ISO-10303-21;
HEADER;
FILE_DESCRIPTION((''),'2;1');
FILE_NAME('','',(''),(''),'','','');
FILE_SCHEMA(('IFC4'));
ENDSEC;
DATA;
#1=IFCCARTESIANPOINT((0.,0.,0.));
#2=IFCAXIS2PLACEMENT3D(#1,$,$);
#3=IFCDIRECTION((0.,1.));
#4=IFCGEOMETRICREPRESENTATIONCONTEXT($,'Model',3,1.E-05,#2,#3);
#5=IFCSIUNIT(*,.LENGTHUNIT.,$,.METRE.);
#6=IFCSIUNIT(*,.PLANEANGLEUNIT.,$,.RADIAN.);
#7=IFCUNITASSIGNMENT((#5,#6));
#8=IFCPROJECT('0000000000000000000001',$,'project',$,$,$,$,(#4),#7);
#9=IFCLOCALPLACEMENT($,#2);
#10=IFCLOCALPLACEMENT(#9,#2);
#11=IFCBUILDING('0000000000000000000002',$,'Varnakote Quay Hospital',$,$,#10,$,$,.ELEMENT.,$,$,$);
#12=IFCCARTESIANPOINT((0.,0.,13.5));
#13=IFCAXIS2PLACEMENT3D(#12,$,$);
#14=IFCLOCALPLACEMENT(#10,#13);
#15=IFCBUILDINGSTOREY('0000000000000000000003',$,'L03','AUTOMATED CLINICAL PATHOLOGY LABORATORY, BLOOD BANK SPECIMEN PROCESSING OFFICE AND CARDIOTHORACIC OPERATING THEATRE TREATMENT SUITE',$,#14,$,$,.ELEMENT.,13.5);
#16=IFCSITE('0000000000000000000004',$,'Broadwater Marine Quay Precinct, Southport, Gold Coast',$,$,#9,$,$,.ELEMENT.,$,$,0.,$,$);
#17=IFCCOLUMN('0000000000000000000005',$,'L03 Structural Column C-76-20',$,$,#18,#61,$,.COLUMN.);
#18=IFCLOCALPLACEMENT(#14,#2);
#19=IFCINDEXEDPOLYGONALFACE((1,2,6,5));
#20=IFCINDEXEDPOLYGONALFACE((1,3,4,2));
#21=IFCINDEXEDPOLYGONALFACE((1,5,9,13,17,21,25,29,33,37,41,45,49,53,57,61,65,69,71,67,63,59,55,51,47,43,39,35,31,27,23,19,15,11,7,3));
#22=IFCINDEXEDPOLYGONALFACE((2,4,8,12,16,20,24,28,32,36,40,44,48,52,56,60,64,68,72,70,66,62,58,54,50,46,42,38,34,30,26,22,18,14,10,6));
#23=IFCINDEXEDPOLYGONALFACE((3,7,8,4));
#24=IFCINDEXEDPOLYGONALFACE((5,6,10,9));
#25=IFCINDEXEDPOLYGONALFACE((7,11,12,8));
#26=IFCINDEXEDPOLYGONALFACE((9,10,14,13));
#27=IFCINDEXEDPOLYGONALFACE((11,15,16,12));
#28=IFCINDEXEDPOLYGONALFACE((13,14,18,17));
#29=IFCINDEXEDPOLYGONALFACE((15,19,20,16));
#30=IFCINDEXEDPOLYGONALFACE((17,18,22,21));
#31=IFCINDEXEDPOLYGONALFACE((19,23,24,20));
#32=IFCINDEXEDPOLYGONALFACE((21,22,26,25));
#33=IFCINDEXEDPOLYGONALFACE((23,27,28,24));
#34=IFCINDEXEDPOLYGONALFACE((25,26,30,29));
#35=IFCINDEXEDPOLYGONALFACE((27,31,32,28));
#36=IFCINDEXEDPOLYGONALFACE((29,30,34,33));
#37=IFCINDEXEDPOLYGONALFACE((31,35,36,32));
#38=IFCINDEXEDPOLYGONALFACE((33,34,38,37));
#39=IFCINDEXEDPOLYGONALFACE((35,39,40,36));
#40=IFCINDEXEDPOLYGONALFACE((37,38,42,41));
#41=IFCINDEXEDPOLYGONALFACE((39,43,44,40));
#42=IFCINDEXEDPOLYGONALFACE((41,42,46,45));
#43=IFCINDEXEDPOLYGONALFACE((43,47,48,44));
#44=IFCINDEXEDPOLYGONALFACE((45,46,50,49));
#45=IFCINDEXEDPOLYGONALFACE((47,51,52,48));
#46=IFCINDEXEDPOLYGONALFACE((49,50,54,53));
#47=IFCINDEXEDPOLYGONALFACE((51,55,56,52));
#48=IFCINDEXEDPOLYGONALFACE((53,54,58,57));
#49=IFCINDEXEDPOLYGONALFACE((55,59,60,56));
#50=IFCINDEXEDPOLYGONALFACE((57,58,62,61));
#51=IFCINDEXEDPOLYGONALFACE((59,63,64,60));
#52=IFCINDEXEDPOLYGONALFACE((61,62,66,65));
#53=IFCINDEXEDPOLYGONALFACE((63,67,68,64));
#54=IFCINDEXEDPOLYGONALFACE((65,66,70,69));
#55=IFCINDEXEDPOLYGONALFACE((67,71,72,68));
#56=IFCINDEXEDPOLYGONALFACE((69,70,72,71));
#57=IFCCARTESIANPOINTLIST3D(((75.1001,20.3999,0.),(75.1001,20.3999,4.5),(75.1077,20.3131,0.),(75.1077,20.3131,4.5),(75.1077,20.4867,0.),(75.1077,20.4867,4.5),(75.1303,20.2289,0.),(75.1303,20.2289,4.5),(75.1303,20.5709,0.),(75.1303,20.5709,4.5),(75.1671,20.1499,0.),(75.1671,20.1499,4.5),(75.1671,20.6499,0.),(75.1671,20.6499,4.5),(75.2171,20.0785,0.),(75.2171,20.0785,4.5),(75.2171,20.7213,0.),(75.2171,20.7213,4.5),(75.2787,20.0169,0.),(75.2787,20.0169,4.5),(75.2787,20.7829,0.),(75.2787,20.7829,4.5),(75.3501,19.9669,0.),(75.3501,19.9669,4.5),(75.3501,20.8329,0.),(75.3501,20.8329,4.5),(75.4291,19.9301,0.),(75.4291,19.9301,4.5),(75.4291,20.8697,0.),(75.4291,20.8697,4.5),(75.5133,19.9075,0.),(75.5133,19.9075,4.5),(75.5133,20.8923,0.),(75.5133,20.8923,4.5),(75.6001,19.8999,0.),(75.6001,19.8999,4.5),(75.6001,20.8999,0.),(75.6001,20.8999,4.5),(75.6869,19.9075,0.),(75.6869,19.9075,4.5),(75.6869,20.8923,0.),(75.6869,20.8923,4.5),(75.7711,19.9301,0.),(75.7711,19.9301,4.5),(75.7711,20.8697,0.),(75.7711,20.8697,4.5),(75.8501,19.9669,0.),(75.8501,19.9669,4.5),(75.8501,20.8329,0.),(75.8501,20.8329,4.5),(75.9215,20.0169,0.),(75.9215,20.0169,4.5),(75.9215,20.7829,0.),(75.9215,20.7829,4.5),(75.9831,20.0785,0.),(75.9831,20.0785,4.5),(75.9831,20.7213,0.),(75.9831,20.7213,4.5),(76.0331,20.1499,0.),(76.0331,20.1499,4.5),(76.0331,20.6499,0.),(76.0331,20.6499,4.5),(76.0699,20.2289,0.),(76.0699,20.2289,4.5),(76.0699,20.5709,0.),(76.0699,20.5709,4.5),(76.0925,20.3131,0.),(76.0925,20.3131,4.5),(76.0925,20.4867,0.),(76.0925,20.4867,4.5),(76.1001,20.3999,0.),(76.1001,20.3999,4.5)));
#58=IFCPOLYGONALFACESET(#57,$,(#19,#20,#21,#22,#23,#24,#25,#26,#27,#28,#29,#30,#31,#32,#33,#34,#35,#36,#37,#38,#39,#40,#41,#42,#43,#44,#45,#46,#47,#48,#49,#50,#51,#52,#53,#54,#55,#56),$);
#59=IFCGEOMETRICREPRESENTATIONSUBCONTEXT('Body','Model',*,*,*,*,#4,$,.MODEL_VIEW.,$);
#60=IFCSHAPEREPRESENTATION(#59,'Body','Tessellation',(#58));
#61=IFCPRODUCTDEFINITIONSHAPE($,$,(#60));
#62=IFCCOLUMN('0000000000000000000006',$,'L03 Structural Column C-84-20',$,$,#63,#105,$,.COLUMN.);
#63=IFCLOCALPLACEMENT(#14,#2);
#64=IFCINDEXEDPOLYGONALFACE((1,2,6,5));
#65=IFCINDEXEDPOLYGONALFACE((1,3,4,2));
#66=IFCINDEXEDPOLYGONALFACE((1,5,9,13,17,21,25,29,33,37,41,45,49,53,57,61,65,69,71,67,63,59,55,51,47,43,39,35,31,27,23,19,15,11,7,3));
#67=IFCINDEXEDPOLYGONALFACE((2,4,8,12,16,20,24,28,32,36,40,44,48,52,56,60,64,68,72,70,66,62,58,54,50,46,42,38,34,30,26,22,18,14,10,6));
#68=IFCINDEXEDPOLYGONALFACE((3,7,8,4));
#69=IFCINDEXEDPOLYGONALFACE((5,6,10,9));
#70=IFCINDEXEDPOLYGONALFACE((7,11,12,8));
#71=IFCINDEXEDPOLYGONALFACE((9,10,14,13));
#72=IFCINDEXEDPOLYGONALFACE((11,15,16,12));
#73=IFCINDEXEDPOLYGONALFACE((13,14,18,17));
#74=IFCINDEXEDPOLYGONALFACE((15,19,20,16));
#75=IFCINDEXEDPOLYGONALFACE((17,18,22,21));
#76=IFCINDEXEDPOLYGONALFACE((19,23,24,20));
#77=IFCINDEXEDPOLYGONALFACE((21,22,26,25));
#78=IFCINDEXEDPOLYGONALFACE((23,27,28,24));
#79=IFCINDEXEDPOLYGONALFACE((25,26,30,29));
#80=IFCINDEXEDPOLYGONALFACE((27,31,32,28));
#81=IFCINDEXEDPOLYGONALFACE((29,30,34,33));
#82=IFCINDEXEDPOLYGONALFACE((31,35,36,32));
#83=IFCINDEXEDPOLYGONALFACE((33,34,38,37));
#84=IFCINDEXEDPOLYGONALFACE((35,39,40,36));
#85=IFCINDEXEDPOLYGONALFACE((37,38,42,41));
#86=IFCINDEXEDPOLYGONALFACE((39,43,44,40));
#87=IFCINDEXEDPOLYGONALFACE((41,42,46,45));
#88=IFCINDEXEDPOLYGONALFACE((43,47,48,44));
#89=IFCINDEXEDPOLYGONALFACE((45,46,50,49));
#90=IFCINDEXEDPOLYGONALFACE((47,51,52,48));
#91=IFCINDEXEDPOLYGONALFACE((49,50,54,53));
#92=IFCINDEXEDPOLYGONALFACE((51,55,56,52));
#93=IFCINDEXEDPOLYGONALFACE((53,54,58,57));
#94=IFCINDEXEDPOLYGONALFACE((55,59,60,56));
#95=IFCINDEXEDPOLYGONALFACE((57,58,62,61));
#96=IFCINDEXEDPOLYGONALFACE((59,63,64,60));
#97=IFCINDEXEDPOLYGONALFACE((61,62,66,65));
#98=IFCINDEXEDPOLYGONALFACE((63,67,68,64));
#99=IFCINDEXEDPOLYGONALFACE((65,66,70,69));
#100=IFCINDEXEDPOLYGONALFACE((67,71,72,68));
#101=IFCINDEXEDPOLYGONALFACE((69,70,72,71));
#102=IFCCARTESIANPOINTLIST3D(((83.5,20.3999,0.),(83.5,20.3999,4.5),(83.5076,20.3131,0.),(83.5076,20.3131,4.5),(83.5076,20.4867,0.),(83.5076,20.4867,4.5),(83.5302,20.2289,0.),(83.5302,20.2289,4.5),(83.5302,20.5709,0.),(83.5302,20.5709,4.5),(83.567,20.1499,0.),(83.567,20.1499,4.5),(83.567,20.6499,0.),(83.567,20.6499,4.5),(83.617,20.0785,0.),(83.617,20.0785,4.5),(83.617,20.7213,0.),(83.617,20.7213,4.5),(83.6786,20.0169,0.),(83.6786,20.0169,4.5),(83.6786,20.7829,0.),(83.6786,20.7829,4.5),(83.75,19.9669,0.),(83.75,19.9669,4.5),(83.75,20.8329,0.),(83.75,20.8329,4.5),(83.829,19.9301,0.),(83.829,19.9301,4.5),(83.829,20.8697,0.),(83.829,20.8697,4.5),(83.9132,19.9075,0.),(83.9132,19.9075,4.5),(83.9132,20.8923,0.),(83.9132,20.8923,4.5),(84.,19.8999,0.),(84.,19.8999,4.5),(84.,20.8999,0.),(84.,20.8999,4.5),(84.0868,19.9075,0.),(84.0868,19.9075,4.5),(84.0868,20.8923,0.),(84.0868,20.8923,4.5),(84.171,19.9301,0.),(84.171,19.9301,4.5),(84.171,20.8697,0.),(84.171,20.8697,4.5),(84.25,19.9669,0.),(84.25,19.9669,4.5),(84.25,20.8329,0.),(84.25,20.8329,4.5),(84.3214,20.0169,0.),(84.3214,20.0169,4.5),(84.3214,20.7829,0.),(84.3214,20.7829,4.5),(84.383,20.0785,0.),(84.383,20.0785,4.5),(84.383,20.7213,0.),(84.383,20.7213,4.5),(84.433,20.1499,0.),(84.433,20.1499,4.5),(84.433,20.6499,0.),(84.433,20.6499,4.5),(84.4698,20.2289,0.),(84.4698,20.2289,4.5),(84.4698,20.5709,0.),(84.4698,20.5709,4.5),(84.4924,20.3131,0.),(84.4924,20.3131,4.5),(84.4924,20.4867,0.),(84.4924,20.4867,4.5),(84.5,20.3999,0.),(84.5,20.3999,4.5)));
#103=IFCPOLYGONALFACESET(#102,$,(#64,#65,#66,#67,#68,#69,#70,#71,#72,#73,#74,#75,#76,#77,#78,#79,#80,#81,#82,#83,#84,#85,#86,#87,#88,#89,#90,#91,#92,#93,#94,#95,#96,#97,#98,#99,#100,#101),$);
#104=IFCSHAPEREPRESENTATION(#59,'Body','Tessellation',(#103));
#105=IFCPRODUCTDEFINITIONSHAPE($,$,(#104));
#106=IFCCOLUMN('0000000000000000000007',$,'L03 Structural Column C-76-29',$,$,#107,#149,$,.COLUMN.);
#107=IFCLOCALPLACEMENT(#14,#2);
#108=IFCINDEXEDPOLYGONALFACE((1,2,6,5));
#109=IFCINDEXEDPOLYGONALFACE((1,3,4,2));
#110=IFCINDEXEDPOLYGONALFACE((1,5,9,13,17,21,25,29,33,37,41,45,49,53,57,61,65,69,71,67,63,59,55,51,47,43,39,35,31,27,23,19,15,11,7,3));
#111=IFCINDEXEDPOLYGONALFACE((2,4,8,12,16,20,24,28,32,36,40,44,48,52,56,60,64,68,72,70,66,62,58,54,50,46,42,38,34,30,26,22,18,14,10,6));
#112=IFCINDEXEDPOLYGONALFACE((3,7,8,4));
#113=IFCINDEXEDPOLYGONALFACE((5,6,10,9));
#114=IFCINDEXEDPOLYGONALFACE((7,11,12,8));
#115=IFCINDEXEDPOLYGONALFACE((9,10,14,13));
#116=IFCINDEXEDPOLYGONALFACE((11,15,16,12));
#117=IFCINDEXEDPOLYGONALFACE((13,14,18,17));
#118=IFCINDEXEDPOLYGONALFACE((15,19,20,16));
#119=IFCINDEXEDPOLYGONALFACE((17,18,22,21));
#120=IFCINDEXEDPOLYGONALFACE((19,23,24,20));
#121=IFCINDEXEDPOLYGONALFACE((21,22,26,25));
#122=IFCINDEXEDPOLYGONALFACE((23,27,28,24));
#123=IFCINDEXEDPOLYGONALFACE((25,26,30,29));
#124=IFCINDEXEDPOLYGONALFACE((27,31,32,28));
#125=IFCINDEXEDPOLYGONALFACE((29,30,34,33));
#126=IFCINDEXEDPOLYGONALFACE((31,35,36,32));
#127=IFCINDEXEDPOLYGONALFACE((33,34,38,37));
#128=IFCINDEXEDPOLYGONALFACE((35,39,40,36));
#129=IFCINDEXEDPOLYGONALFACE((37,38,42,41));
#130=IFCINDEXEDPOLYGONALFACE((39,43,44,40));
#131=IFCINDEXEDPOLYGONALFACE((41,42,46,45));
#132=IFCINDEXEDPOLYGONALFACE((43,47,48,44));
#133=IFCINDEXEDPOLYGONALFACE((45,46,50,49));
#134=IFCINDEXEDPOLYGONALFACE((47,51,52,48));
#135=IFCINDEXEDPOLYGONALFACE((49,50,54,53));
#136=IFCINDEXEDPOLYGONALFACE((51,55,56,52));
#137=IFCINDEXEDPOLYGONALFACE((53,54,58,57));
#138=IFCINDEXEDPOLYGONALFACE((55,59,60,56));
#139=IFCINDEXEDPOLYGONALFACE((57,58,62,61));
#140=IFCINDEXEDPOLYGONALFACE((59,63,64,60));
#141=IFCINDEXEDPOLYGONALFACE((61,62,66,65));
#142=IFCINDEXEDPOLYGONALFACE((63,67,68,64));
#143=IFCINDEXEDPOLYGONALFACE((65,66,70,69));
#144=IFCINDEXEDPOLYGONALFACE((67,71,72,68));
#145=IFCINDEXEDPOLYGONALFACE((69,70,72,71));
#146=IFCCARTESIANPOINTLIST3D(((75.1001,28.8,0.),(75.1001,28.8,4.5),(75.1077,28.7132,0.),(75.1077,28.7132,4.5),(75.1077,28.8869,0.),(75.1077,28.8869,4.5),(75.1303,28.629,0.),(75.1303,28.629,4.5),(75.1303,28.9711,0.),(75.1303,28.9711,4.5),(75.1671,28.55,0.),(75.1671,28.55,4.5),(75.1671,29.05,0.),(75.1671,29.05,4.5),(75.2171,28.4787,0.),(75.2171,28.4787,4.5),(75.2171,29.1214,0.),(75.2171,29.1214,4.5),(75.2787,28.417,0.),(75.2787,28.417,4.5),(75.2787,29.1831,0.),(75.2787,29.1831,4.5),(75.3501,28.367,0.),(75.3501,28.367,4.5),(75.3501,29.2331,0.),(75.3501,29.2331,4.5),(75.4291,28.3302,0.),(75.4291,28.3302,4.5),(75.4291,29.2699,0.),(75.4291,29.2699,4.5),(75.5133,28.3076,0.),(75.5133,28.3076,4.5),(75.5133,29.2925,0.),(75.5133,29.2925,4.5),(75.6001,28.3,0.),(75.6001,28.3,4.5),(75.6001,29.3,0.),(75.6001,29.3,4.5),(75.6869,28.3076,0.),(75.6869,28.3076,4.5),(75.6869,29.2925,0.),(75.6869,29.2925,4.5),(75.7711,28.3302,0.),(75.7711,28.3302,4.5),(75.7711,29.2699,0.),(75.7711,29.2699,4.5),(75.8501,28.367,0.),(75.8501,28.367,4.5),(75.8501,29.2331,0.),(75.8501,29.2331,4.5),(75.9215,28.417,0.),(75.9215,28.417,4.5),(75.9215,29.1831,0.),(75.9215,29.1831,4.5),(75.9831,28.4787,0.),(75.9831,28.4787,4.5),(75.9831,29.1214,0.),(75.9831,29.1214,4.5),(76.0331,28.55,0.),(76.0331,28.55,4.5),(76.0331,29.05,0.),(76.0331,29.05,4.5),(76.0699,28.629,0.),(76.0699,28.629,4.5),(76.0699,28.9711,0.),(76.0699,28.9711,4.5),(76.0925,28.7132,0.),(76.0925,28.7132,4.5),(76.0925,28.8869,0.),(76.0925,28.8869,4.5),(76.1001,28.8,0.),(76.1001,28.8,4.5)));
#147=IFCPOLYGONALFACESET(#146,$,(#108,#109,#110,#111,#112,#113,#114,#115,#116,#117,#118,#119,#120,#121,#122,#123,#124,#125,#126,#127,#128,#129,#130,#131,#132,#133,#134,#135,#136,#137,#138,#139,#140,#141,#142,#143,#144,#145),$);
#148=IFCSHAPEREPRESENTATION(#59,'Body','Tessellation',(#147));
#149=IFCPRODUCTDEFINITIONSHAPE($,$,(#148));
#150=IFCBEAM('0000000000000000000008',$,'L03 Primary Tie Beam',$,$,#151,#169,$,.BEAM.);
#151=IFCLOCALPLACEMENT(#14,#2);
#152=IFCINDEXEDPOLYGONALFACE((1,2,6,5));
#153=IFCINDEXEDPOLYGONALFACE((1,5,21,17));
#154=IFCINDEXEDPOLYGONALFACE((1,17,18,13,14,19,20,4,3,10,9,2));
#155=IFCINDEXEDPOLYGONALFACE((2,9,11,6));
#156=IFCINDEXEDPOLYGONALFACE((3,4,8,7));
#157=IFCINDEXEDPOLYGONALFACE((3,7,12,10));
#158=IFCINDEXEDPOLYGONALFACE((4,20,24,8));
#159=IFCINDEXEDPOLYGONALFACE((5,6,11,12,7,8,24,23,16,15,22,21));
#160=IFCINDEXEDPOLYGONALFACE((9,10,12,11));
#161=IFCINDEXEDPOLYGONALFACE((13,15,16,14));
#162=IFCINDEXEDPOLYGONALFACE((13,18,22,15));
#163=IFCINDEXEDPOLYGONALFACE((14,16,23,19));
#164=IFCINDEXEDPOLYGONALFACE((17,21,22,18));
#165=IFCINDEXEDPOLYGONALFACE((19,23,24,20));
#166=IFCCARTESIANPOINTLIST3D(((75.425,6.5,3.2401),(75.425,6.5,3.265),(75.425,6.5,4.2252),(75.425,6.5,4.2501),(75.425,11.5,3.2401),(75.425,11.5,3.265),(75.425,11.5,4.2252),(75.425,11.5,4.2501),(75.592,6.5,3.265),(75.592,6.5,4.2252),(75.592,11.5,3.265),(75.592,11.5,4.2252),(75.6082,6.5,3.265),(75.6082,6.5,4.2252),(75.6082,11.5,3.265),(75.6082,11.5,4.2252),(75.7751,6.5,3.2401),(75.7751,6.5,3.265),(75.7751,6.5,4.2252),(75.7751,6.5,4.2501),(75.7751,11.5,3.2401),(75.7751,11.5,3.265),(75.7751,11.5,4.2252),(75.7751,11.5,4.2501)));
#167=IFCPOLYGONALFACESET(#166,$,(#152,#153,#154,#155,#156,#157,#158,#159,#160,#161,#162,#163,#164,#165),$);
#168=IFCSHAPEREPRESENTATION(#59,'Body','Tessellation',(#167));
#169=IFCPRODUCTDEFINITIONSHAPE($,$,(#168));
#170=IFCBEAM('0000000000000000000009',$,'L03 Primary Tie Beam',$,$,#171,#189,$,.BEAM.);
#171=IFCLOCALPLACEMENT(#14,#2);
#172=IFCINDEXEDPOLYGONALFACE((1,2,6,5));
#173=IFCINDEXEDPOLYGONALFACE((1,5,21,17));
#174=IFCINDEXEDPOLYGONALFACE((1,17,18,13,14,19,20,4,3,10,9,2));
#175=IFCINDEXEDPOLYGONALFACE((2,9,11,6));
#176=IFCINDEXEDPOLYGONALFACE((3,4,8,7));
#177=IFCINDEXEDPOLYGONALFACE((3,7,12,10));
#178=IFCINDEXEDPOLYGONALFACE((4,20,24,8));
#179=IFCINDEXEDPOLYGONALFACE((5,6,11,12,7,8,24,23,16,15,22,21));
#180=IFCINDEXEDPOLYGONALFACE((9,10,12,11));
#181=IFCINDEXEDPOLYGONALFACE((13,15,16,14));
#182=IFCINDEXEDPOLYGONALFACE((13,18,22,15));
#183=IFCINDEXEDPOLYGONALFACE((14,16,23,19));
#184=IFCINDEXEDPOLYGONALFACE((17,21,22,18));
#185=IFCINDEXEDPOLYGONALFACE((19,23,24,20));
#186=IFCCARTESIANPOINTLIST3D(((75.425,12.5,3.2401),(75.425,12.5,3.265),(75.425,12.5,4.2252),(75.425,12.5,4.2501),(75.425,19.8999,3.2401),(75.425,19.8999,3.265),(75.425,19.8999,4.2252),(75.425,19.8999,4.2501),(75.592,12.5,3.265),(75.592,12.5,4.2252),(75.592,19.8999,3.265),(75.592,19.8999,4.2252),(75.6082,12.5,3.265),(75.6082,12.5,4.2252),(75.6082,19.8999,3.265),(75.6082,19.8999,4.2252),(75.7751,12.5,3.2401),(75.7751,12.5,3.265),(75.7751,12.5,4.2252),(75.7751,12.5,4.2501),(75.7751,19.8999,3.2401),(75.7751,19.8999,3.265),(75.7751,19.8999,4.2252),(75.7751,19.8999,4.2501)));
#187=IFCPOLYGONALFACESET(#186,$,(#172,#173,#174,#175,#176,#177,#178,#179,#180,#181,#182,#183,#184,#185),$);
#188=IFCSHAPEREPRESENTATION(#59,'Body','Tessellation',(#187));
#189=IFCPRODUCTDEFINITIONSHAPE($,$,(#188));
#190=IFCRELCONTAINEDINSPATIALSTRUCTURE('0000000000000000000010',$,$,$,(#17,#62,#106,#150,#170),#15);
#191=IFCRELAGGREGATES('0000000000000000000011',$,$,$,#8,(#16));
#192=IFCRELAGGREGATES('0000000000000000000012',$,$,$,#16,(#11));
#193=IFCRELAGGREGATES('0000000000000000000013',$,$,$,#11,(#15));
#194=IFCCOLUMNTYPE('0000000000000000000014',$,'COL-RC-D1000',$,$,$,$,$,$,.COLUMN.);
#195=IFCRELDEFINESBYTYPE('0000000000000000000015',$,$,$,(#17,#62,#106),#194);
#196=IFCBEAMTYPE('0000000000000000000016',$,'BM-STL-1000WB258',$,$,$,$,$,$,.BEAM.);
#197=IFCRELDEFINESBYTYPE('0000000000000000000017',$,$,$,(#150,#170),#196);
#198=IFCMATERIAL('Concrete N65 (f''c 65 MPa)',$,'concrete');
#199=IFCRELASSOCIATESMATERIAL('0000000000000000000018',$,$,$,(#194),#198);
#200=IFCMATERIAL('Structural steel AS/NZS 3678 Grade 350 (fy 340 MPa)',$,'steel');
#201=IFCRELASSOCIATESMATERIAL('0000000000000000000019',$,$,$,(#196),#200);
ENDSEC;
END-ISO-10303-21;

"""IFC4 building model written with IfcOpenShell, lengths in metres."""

from ifc_helpers import new_model, si_unit, direction, frame, origin, origin_2d, place, context, subcontext, project, spatial, circle, i_section, extrude, material, material_profile, profile_set, type_object, element, save


model = new_model("IFC4")

# Units and contexts
model_context = context("Model", 3, precision=1e-05, world=origin(), true_north=direction((0.0, 1.0)))
body_context = subcontext(model_context, "Body", "Model", "MODEL_VIEW")
ifc_project = project(units=[si_unit("LENGTHUNIT", "METRE"), si_unit("PLANEANGLEUNIT", "RADIAN")], contexts=[model_context])

# Site, building, storey
site_placement = place(None, origin())
site = spatial("IfcSite", under=ifc_project, at=site_placement, Name="Broadwater Marine Quay Precinct, Southport, Gold Coast", CompositionType="ELEMENT", RefElevation=0.0)
building_placement = place(site_placement, origin())
building = spatial("IfcBuilding", under=site, at=building_placement, Name="Varnakote Quay Hospital", CompositionType="ELEMENT")
storey_placement = place(building_placement, frame((0.0, 0.0, 13.5)))
storey = spatial("IfcBuildingStorey", under=building, at=storey_placement, Name="L03", Description="AUTOMATED CLINICAL PATHOLOGY LABORATORY, BLOOD BANK SPECIMEN PROCESSING OFFICE AND CARDIOTHORACIC OPERATING THEATRE TREATMENT SUITE", CompositionType="ELEMENT", Elevation=13.5)

# Columns
ifc_material_1 = material(Name="Concrete N65 (f'c 65 MPa)", Category="concrete")
ifc_material_profile_1 = material_profile(ifc_material_1, circle(Radius=0.5, at=origin_2d()), Name="RC-COL-D1000")
ifc_profile_set_1 = profile_set([ifc_material_profile_1], Name="Concrete N65 (f'c 65 MPa)")
column_type = type_object("IfcColumnType", Name="COL-RC-D1000", PredefinedType="COLUMN", material=ifc_profile_set_1)
for number, where, z_axis, x_axis, name in (
    (1, (75.6001, 20.3999, 0.0), (0.0, 0.0, 1.0), (1.0, 0.0, 0.0), "L03 Structural Column C-76-20"),
    (2, (84.0, 20.3999, 0.0), (0.0, 0.0, 1.0), (1.0, 0.0, 0.0), "L03 Structural Column C-84-20"),
    (3, (75.6001, 28.8, 0.0), (0.0, 0.0, 1.0), (1.0, 0.0, 0.0), "L03 Structural Column C-76-29"),
):
    element("IfcColumn", number, at=place(storey_placement, frame(where, z_axis=z_axis, x_axis=x_axis)), inside=storey, type_object=column_type, Name=name, PredefinedType="COLUMN", context=body_context, shape_type="SweptSolid", body=[
        extrude(circle(Radius=0.5, at=origin_2d()), origin(), (0.0, 0.0, 1.0), 4.5),
    ])

# Beams
ifc_material_2 = material(Name="Structural steel AS/NZS 3678 Grade 350 (fy 340 MPa)", Category="steel")
ifc_material_profile_2 = material_profile(ifc_material_2, i_section(OverallWidth=0.3501, OverallDepth=1.01, WebThickness=0.0161, FlangeThickness=0.0249, at=origin_2d()), Name="1000WB258")
ifc_profile_set_2 = profile_set([ifc_material_profile_2], Name="Structural steel AS/NZS 3678 Grade 350 (fy 340 MPa)")
beam_type_1 = type_object("IfcBeamType", Name="BM-STL-1000WB258", PredefinedType="BEAM", material=ifc_profile_set_2)
beam_1_placement = place(storey_placement, frame((75.6001, 6.5, 3.7451), z_axis=(0.0, 1.0, 0.0), x_axis=(-1.0, 0.0, 0.0)))
element("IfcBeam", 4, at=beam_1_placement, inside=storey, type_object=beam_type_1, Name="L03 Primary Tie Beam", PredefinedType="BEAM", context=body_context, shape_type="SweptSolid", body=[
    extrude(i_section(OverallWidth=0.3501, OverallDepth=1.01, WebThickness=0.0161, FlangeThickness=0.0249, at=origin_2d()), origin(), (0.0, 0.0, 1.0), 5.0),
])
beam_2_placement = place(storey_placement, frame((75.6001, 12.5, 3.7451), z_axis=(0.0, 1.0, 0.0), x_axis=(-1.0, 0.0, 0.0)))
element("IfcBeam", 5, at=beam_2_placement, inside=storey, type_object=beam_type_1, Name="L03 Primary Tie Beam", PredefinedType="BEAM", context=body_context, shape_type="SweptSolid", body=[
    extrude(i_section(OverallWidth=0.3501, OverallDepth=1.01, WebThickness=0.0161, FlangeThickness=0.0249, at=origin_2d()), origin(), (0.0, 0.0, 1.0), 7.3999),
])

save(model, "model.ifc")
